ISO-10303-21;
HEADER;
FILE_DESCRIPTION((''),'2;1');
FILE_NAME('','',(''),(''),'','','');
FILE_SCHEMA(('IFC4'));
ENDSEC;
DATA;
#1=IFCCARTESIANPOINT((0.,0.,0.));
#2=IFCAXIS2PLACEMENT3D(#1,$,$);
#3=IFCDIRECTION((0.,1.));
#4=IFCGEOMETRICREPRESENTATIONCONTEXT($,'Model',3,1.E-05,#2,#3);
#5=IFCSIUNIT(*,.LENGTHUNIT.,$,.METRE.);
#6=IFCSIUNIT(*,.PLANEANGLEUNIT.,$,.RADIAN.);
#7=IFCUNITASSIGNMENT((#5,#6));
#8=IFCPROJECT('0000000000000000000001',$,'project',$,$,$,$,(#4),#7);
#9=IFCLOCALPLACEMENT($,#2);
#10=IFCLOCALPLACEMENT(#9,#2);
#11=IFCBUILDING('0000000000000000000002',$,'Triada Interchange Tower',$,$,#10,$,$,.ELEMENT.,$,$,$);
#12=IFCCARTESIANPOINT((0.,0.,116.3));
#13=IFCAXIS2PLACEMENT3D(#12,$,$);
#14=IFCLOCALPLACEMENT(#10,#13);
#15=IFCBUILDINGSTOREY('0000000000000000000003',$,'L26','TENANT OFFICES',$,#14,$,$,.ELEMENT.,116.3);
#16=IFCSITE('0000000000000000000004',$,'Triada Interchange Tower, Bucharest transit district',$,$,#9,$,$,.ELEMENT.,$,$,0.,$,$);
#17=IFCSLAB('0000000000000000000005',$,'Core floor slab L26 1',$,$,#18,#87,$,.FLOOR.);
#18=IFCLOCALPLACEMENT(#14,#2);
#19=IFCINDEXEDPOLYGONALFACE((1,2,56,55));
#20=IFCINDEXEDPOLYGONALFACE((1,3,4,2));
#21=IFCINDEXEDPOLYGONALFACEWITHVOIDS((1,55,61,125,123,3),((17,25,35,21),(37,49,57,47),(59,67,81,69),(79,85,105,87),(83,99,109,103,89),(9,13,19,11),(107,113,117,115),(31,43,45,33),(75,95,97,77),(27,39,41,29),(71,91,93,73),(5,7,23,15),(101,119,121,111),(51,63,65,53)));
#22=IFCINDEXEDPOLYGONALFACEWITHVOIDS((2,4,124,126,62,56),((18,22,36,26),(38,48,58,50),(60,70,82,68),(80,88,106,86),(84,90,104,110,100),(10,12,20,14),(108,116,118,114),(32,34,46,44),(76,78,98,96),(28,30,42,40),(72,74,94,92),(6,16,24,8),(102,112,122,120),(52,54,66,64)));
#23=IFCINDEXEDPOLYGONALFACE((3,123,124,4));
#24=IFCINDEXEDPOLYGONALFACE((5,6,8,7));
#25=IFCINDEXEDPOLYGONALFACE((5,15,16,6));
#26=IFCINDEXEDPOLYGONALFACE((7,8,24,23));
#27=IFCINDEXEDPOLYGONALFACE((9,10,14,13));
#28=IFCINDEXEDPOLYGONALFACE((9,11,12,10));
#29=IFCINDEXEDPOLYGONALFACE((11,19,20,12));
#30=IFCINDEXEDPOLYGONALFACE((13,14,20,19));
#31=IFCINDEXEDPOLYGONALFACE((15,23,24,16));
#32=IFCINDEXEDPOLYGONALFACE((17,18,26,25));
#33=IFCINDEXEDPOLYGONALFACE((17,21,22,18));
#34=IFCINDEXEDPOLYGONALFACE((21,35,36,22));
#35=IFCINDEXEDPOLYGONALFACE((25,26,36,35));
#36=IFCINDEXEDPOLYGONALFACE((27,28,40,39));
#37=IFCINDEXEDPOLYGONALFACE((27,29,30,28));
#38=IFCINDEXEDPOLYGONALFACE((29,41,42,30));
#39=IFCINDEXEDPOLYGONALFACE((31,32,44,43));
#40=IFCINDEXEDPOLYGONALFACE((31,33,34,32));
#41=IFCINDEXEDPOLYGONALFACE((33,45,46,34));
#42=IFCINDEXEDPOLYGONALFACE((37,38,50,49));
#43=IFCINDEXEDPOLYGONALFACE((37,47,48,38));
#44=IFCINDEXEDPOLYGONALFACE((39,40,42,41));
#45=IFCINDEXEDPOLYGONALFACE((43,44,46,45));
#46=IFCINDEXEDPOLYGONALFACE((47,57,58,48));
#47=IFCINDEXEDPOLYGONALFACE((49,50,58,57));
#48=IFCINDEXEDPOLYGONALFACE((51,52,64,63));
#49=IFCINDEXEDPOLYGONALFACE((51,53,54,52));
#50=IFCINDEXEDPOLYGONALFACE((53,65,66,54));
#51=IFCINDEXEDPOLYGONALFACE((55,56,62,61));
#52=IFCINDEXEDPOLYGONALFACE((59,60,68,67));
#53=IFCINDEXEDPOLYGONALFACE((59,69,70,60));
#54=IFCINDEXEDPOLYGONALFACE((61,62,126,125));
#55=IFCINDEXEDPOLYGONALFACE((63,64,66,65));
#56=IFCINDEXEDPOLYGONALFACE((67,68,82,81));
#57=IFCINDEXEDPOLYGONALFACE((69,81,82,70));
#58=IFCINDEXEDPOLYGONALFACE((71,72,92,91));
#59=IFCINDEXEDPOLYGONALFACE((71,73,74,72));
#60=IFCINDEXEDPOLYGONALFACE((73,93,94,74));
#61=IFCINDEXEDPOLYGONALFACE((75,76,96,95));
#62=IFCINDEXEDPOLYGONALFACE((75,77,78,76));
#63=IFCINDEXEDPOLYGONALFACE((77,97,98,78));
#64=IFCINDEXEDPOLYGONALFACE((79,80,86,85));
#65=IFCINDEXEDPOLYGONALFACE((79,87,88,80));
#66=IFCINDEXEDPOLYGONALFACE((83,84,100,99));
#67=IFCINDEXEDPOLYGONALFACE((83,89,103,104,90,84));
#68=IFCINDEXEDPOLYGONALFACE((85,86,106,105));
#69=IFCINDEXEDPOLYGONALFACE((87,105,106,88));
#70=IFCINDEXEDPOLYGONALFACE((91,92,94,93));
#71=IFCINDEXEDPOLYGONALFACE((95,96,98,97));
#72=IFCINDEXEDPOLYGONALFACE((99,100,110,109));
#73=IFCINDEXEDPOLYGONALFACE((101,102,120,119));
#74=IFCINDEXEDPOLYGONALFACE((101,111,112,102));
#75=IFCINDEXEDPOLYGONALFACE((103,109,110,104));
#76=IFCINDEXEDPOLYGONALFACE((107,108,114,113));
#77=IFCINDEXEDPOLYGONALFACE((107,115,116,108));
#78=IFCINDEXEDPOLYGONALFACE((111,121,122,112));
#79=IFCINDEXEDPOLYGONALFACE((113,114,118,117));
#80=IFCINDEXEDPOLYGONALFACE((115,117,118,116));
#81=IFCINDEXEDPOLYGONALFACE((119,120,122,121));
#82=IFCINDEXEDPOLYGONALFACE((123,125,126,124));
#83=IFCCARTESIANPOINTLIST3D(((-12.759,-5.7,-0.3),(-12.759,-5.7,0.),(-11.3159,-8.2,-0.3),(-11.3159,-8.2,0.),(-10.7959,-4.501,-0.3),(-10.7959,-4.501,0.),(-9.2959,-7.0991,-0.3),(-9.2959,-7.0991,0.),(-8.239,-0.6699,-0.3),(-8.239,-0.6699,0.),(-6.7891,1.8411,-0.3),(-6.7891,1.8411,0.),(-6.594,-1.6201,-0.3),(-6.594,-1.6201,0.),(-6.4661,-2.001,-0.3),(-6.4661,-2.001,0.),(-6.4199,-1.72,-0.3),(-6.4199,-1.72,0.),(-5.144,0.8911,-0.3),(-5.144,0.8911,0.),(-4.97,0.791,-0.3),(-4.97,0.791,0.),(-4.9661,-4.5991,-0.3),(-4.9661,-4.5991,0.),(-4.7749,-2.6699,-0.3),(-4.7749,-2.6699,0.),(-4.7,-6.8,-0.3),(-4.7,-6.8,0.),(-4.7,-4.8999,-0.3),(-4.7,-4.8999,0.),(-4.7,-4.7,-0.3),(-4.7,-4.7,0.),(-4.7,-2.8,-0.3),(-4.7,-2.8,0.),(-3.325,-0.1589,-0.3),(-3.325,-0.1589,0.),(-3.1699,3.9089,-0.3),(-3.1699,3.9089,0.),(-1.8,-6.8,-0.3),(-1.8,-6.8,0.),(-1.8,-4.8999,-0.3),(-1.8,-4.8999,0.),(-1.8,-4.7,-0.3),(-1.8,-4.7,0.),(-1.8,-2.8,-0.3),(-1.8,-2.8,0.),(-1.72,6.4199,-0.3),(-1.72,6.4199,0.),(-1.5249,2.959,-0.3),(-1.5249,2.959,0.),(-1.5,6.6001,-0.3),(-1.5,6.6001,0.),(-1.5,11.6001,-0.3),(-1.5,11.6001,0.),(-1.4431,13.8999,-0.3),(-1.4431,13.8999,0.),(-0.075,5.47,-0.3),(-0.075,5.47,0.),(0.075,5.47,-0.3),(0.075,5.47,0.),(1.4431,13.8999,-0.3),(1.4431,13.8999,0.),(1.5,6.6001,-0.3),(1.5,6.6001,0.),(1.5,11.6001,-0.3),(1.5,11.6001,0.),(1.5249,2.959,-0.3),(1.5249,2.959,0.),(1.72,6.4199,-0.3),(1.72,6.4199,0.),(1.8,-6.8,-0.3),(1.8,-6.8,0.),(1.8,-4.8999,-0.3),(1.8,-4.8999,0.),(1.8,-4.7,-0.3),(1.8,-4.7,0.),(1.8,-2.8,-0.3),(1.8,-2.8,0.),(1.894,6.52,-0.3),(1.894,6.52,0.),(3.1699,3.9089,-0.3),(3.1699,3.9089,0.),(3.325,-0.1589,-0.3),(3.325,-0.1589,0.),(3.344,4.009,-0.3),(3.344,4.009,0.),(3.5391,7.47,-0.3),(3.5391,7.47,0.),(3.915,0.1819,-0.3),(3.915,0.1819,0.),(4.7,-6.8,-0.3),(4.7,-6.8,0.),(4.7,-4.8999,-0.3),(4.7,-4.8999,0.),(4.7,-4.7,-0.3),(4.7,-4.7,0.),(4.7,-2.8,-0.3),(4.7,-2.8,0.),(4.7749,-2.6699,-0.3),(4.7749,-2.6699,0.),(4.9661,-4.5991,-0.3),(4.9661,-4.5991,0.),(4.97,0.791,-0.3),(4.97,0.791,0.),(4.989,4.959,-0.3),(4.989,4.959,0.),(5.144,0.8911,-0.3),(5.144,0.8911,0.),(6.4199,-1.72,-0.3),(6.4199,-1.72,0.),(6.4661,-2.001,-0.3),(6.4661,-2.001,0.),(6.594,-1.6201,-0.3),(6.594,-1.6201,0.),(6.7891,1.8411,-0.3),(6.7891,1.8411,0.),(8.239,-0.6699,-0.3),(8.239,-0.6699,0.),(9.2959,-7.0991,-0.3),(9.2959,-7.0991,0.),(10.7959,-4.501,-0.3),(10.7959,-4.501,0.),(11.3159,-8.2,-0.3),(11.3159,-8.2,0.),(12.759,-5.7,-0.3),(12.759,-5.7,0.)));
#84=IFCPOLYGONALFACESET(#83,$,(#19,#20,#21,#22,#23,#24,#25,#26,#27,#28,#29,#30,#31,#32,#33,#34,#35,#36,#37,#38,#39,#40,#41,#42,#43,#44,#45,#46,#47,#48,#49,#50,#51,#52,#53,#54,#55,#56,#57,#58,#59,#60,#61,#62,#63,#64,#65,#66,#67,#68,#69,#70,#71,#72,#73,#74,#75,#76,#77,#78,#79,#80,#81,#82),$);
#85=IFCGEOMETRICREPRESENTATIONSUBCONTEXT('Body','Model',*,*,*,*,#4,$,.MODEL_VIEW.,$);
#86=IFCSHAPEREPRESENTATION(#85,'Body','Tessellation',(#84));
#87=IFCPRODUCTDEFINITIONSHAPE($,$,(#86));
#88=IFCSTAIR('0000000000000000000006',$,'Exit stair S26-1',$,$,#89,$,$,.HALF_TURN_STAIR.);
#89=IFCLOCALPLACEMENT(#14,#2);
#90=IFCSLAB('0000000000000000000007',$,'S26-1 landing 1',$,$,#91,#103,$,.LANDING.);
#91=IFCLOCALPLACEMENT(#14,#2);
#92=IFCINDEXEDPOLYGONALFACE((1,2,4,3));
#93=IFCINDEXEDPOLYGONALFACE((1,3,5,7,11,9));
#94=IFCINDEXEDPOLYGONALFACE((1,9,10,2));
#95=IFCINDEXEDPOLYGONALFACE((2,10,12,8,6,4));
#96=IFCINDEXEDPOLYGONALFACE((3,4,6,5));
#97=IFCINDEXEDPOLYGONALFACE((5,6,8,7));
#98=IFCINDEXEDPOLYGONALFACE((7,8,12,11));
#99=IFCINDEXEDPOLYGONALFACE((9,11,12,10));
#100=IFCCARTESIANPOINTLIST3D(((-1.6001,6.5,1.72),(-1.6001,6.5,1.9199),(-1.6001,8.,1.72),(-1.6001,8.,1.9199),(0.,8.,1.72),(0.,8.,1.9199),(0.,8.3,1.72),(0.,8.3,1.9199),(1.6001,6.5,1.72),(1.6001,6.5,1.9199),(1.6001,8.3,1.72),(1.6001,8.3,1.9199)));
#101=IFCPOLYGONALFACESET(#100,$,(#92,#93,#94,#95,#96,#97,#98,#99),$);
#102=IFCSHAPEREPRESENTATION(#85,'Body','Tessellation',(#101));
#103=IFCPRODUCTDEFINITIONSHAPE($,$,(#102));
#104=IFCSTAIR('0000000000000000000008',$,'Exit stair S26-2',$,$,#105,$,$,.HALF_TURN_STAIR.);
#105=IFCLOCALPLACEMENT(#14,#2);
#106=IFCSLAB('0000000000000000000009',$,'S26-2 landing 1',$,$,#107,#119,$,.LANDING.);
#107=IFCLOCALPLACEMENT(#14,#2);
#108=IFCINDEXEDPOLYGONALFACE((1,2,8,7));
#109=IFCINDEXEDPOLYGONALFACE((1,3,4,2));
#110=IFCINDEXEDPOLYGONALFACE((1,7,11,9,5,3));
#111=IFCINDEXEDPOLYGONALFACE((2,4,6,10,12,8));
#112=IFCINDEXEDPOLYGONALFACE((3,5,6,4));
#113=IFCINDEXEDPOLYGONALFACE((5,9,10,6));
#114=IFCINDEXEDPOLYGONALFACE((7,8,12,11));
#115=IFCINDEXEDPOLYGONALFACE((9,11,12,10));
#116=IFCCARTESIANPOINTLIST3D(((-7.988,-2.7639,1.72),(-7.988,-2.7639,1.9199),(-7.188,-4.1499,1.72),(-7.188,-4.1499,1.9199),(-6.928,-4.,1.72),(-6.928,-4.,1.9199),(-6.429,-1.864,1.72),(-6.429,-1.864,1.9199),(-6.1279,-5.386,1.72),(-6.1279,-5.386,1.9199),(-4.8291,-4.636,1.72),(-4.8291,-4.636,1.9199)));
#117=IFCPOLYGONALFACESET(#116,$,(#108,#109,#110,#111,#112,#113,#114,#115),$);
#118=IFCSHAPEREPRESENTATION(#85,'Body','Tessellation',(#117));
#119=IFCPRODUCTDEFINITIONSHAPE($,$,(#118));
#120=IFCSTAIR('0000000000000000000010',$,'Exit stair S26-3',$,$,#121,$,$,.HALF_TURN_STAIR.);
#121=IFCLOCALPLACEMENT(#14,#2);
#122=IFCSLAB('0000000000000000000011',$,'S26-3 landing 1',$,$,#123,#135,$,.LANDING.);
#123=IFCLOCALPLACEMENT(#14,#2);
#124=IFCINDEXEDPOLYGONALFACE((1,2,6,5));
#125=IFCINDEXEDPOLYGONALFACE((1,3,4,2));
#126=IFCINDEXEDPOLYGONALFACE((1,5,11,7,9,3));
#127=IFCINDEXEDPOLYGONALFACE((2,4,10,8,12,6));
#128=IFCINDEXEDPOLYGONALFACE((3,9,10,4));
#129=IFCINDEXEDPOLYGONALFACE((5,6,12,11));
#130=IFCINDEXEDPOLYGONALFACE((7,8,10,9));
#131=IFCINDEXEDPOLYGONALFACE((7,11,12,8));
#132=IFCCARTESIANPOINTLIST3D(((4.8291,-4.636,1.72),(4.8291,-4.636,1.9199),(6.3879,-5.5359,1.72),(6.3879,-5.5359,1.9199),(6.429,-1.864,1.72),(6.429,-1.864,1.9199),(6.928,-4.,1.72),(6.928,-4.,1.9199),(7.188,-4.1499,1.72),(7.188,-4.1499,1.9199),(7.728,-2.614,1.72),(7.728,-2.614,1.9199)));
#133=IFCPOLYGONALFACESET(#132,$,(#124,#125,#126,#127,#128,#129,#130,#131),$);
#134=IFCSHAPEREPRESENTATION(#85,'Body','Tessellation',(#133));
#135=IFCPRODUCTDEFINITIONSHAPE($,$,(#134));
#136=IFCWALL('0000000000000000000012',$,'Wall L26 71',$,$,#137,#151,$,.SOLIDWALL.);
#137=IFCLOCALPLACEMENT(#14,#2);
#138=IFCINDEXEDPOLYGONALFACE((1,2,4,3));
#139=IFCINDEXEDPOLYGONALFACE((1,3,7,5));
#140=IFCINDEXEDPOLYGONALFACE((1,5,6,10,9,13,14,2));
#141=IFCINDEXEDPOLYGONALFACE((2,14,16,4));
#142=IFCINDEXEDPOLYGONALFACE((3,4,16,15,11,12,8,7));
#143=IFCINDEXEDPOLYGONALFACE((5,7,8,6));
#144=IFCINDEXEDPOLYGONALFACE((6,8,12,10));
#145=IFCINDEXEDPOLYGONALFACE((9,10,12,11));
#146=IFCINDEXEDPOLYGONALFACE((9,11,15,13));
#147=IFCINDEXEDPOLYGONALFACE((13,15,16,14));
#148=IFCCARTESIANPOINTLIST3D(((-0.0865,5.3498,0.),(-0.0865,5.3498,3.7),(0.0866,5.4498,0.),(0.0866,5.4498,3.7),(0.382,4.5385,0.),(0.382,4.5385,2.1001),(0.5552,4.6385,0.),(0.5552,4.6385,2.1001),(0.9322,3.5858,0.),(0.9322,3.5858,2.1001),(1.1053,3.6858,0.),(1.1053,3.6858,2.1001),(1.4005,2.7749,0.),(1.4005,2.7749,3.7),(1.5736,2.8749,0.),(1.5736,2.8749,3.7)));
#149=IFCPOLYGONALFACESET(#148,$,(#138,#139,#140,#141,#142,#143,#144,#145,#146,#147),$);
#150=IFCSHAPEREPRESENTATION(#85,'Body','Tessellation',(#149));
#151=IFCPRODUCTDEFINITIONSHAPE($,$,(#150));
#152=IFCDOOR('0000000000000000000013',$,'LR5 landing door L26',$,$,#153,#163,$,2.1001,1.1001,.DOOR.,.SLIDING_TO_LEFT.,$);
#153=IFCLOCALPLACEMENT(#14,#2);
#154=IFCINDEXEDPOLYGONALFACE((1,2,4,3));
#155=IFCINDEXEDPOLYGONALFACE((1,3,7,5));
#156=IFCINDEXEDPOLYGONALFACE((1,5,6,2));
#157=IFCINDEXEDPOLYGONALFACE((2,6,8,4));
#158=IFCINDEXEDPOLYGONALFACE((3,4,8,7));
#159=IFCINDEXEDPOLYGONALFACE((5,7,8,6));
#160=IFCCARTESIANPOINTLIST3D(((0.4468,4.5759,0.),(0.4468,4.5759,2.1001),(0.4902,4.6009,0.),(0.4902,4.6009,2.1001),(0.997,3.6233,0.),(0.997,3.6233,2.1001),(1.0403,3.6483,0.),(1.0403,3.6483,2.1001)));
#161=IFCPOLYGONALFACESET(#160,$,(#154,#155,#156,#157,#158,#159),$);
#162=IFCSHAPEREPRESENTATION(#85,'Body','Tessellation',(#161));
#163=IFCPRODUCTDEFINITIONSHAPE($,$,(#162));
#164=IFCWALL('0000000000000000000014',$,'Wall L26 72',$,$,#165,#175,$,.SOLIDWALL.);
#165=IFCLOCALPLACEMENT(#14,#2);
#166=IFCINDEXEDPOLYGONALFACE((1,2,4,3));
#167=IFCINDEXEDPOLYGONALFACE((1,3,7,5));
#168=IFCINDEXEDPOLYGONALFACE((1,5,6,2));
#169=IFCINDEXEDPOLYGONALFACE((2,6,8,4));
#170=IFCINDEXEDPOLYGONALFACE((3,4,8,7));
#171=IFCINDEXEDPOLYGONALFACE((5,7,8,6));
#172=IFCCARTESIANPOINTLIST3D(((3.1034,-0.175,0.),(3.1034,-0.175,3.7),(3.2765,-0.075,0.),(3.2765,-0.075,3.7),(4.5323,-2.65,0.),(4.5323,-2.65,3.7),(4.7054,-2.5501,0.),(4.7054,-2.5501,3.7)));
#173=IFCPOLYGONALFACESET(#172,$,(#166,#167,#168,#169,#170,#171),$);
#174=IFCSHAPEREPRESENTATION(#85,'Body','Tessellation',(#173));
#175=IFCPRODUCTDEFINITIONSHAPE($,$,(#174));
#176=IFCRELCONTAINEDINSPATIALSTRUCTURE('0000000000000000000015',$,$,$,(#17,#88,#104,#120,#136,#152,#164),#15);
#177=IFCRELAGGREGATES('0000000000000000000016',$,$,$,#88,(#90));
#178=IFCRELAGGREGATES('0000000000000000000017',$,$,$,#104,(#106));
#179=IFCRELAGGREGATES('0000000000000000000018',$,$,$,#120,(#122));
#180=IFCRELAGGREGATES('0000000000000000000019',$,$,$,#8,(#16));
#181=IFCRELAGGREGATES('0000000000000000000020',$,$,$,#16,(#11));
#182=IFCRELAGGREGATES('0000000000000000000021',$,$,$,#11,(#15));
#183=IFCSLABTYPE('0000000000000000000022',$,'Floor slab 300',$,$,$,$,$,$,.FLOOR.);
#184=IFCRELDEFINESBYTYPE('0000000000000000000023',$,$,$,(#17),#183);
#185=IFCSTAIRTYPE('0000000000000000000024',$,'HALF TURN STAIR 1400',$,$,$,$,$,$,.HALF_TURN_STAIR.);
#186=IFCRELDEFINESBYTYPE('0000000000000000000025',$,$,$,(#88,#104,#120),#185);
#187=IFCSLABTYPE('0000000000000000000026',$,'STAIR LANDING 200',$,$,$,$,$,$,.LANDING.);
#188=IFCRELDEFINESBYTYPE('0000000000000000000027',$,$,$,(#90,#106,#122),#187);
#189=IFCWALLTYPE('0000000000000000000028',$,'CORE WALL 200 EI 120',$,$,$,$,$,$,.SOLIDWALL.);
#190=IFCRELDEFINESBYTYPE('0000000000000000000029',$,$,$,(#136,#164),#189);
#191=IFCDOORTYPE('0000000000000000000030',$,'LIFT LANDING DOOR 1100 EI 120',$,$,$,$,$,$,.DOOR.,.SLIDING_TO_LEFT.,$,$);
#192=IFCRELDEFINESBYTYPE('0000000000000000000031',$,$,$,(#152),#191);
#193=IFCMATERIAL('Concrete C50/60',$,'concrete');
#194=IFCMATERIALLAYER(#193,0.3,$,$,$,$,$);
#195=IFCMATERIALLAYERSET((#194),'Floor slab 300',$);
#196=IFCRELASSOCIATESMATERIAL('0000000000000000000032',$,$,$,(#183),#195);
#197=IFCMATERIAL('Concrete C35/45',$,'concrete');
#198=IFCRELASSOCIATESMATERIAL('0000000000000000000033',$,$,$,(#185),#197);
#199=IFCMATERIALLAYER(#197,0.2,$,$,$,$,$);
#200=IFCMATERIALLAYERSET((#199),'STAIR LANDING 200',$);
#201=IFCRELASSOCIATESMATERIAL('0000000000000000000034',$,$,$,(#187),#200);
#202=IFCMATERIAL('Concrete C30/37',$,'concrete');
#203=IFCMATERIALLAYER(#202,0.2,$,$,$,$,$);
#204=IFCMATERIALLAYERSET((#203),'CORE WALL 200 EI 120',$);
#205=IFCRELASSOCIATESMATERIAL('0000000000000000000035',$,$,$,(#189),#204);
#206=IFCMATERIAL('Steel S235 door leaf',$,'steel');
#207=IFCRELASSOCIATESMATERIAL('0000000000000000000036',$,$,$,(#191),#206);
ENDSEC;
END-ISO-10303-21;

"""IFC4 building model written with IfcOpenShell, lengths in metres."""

from ifc_helpers import new_model, si_unit, direction, frame, frame_2d, origin, place, context, subcontext, project, spatial, polyline, rectangle, outline, extrude, material, layer, layer_set, type_object, element, fill, aggregate, save


model = new_model("IFC4")

# Units and contexts
model_context = context("Model", 3, precision=1e-05, world=origin(), true_north=direction((0.0, 1.0)))
body_context = subcontext(model_context, "Body", "Model", "MODEL_VIEW")
ifc_project = project(units=[si_unit("LENGTHUNIT", "METRE"), si_unit("PLANEANGLEUNIT", "RADIAN")], contexts=[model_context])

# Site, building, storey
site_placement = place(None, origin())
site = spatial("IfcSite", under=ifc_project, at=site_placement, Name="Triada Interchange Tower, Bucharest transit district", CompositionType="ELEMENT", RefElevation=0.0)
building_placement = place(site_placement, origin())
building = spatial("IfcBuilding", under=site, at=building_placement, Name="Triada Interchange Tower", CompositionType="ELEMENT")
storey_placement = place(building_placement, frame((0.0, 0.0, 116.3)))
storey = spatial("IfcBuildingStorey", under=building, at=storey_placement, Name="L26", Description="TENANT OFFICES", CompositionType="ELEMENT", Elevation=116.3)

# Slab
ifc_material_1 = material(Name="Concrete C50/60", Category="concrete")
ifc_layer_1 = layer(ifc_material_1, 0.3)
ifc_layer_set_1 = layer_set([ifc_layer_1], Name="Floor slab 300")
slab_type_1 = type_object("IfcSlabType", Name="Floor slab 300", PredefinedType="FLOOR", material=ifc_layer_set_1)
slab_1_placement = place(storey_placement, frame((0.0, 0.0, -0.3)))
element("IfcSlab", 1, at=slab_1_placement, inside=storey, type_object=slab_type_1, Name="Core floor slab L26 1", PredefinedType="FLOOR", context=body_context, shape_type="SweptSolid", body=[
    extrude(outline(polyline([(12.759, -5.7), (11.3159, -8.2), (-11.3159, -8.2), (-12.759, -5.7), (-1.4431, 13.8999), (1.4431, 13.8999), (12.759, -5.7)]), holes=[polyline([(9.2959, -7.0991), (10.7959, -4.501), (6.4661, -2.001), (4.9661, -4.5991), (9.2959, -7.0991)]), polyline([(6.7891, 1.8411), (5.144, 0.8911), (6.594, -1.6201), (8.239, -0.6699), (6.7891, 1.8411)]), polyline([(4.7749, -2.6699), (6.4199, -1.72), (4.97, 0.791), (3.915, 0.1819), (3.325, -0.1589), (4.7749, -2.6699)]), polyline([(1.894, 6.52), (3.344, 4.009), (4.989, 4.959), (3.5391, 7.47), (1.894, 6.52)]), polyline([(4.7, -6.8), (4.7, -4.8999), (1.8, -4.8999), (1.8, -6.8), (4.7, -6.8)]), polyline([(4.7, -2.8), (1.8, -2.8), (1.8, -4.7), (4.7, -4.7), (4.7, -2.8)]), polyline([(0.075, 5.47), (1.5249, 2.959), (3.1699, 3.9089), (1.72, 6.4199), (0.075, 5.47)]), polyline([(1.5, 11.6001), (-1.5, 11.6001), (-1.5, 6.6001), (1.5, 6.6001), (1.5, 11.6001)]), polyline([(-1.5249, 2.959), (-0.075, 5.47), (-1.72, 6.4199), (-3.1699, 3.9089), (-1.5249, 2.959)]), polyline([(-1.8, -2.8), (-4.7, -2.8), (-4.7, -4.7), (-1.8, -4.7), (-1.8, -2.8)]), polyline([(-4.7, -6.8), (-1.8, -6.8), (-1.8, -4.8999), (-4.7, -4.8999), (-4.7, -6.8)]), polyline([(-4.7749, -2.6699), (-3.325, -0.1589), (-4.97, 0.791), (-6.4199, -1.72), (-4.7749, -2.6699)]), polyline([(-10.7959, -4.501), (-9.2959, -7.0991), (-4.9661, -4.5991), (-6.4661, -2.001), (-10.7959, -4.501)]), polyline([(-6.594, -1.6201), (-5.144, 0.8911), (-6.7891, 1.8411), (-8.239, -0.6699), (-6.594, -1.6201)])]), origin(), (0.0, 0.0, 1.0), 0.3),
])

# Stairs, slabs
ifc_material_2 = material(Name="Concrete C35/45", Category="concrete")
stair_type = type_object("IfcStairType", Name="HALF TURN STAIR 1400", PredefinedType="HALF_TURN_STAIR", material=ifc_material_2)
stair_1_placement = place(storey_placement, origin())
stair_1 = element("IfcStair", 2, at=stair_1_placement, inside=storey, type_object=stair_type, Name="Exit stair S26-1", PredefinedType="HALF_TURN_STAIR")
ifc_layer_2 = layer(ifc_material_2, 0.2)
ifc_layer_set_2 = layer_set([ifc_layer_2], Name="STAIR LANDING 200")
slab_type_2 = type_object("IfcSlabType", Name="STAIR LANDING 200", PredefinedType="LANDING", material=ifc_layer_set_2)
slab_2_placement = place(storey_placement, frame((0.0, 0.0, 1.72)))
slab_2 = element("IfcSlab", 3, at=slab_2_placement, type_object=slab_type_2, Name="S26-1 landing 1", PredefinedType="LANDING", context=body_context, shape_type="SweptSolid", body=[
    extrude(outline(polyline([(1.6001, 6.5), (1.6001, 8.3), (0.0, 8.3), (0.0, 8.0), (-1.6001, 8.0), (-1.6001, 6.5), (1.6001, 6.5)])), origin(), (0.0, 0.0, 1.0), 0.2),
])
aggregate(stair_1, [slab_2])
stair_2_placement = place(storey_placement, origin())
stair_2 = element("IfcStair", 4, at=stair_2_placement, inside=storey, type_object=stair_type, Name="Exit stair S26-2", PredefinedType="HALF_TURN_STAIR")
slab_3_placement = place(storey_placement, frame((0.0, 0.0, 1.72)))
slab_3 = element("IfcSlab", 5, at=slab_3_placement, type_object=slab_type_2, Name="S26-2 landing 1", PredefinedType="LANDING", context=body_context, shape_type="SweptSolid", body=[
    extrude(outline(polyline([(-6.429, -1.864), (-7.988, -2.7639), (-7.188, -4.1499), (-6.928, -4.0), (-6.1279, -5.386), (-4.8291, -4.636), (-6.429, -1.864)])), origin(), (0.0, 0.0, 1.0), 0.2),
])
aggregate(stair_2, [slab_3])
stair_3_placement = place(storey_placement, origin())
stair_3 = element("IfcStair", 6, at=stair_3_placement, inside=storey, type_object=stair_type, Name="Exit stair S26-3", PredefinedType="HALF_TURN_STAIR")
slab_4_placement = place(storey_placement, frame((0.0, 0.0, 1.72)))
slab_4 = element("IfcSlab", 7, at=slab_4_placement, type_object=slab_type_2, Name="S26-3 landing 1", PredefinedType="LANDING", context=body_context, shape_type="SweptSolid", body=[
    extrude(outline(polyline([(4.8291, -4.636), (6.3879, -5.5359), (7.188, -4.1499), (6.928, -4.0), (7.728, -2.614), (6.429, -1.864), (4.8291, -4.636)])), origin(), (0.0, 0.0, 1.0), 0.2),
])
aggregate(stair_3, [slab_4])

# Wall, opening, door
ifc_material_3 = material(Name="Concrete C30/37", Category="concrete")
ifc_layer_3 = layer(ifc_material_3, 0.2)
ifc_layer_set_3 = layer_set([ifc_layer_3], Name="CORE WALL 200 EI 120")
wall_type_1 = type_object("IfcWallType", Name="CORE WALL 200 EI 120", PredefinedType="SOLIDWALL", material=ifc_layer_set_3)
wall_1_placement = place(storey_placement, frame((0.0, 5.3999, 0.0), z_axis=(0.0, 0.0, 1.0), x_axis=(0.500104, -0.865965, 0.0)))
wall_1 = element("IfcWall", 8, at=wall_1_placement, inside=storey, type_object=wall_type_1, Name="Wall L26 71", PredefinedType="SOLIDWALL", context=body_context, shape_type="SweptSolid", body=[
    extrude(rectangle(XDim=2.9734, YDim=0.2, at=frame_2d((1.4868, 0.0))), origin(), (0.0, 0.0, 1.0), 3.7),
])
opening_1_placement = place(wall_1_placement, frame((0.937, 0.0, 0.0)))
opening_1 = element("IfcOpeningElement", 9, at=opening_1_placement, cuts=wall_1, PredefinedType="OPENING", context=body_context, shape_type="SweptSolid", body=[
    extrude(rectangle(XDim=1.1001, YDim=2.1001, at=frame_2d((0.55, 1.05))), frame((0.0, 0.1099, 0.0), z_axis=(0.0, -1.0, 0.0), x_axis=(1.0, 0.0, 0.0)), (0.0, 0.0, 1.0), 0.22),
])
ifc_material_4 = material(Name="Steel S235 door leaf", Category="steel")
door_type_1 = type_object("IfcDoorType", Name="LIFT LANDING DOOR 1100 EI 120", OperationType="SLIDING_TO_LEFT", PredefinedType="DOOR", material=ifc_material_4)
door_1_placement = place(opening_1_placement, origin())
door_1 = element("IfcDoor", 10, at=door_1_placement, inside=storey, type_object=door_type_1, Name="LR5 landing door L26", OperationType="SLIDING_TO_LEFT", OverallHeight=2.1001, OverallWidth=1.1001, PredefinedType="DOOR", context=body_context, shape_type="SweptSolid", body=[
    extrude(rectangle(XDim=1.1001, YDim=2.1001, at=frame_2d((0.55, 1.05))), frame((0.0, 0.0249, 0.0), z_axis=(0.0, -1.0, 0.0), x_axis=(1.0, 0.0, 0.0)), (0.0, 0.0, 1.0), 0.05),
])
fill(opening_1, door_1)

# Wall
wall_2_placement = place(storey_placement, frame((3.1899, -0.125, 0.0), z_axis=(0.0, 0.0, 1.0), x_axis=(0.499989, -0.866032, 0.0)))
element("IfcWall", 11, at=wall_2_placement, inside=storey, type_object=wall_type_1, Name="Wall L26 72", PredefinedType="SOLIDWALL", context=body_context, shape_type="SweptSolid", body=[
    extrude(rectangle(XDim=2.8579, YDim=0.2, at=frame_2d((1.429, 0.0))), origin(), (0.0, 0.0, 1.0), 3.7),
])

save(model, "model.ifc")
